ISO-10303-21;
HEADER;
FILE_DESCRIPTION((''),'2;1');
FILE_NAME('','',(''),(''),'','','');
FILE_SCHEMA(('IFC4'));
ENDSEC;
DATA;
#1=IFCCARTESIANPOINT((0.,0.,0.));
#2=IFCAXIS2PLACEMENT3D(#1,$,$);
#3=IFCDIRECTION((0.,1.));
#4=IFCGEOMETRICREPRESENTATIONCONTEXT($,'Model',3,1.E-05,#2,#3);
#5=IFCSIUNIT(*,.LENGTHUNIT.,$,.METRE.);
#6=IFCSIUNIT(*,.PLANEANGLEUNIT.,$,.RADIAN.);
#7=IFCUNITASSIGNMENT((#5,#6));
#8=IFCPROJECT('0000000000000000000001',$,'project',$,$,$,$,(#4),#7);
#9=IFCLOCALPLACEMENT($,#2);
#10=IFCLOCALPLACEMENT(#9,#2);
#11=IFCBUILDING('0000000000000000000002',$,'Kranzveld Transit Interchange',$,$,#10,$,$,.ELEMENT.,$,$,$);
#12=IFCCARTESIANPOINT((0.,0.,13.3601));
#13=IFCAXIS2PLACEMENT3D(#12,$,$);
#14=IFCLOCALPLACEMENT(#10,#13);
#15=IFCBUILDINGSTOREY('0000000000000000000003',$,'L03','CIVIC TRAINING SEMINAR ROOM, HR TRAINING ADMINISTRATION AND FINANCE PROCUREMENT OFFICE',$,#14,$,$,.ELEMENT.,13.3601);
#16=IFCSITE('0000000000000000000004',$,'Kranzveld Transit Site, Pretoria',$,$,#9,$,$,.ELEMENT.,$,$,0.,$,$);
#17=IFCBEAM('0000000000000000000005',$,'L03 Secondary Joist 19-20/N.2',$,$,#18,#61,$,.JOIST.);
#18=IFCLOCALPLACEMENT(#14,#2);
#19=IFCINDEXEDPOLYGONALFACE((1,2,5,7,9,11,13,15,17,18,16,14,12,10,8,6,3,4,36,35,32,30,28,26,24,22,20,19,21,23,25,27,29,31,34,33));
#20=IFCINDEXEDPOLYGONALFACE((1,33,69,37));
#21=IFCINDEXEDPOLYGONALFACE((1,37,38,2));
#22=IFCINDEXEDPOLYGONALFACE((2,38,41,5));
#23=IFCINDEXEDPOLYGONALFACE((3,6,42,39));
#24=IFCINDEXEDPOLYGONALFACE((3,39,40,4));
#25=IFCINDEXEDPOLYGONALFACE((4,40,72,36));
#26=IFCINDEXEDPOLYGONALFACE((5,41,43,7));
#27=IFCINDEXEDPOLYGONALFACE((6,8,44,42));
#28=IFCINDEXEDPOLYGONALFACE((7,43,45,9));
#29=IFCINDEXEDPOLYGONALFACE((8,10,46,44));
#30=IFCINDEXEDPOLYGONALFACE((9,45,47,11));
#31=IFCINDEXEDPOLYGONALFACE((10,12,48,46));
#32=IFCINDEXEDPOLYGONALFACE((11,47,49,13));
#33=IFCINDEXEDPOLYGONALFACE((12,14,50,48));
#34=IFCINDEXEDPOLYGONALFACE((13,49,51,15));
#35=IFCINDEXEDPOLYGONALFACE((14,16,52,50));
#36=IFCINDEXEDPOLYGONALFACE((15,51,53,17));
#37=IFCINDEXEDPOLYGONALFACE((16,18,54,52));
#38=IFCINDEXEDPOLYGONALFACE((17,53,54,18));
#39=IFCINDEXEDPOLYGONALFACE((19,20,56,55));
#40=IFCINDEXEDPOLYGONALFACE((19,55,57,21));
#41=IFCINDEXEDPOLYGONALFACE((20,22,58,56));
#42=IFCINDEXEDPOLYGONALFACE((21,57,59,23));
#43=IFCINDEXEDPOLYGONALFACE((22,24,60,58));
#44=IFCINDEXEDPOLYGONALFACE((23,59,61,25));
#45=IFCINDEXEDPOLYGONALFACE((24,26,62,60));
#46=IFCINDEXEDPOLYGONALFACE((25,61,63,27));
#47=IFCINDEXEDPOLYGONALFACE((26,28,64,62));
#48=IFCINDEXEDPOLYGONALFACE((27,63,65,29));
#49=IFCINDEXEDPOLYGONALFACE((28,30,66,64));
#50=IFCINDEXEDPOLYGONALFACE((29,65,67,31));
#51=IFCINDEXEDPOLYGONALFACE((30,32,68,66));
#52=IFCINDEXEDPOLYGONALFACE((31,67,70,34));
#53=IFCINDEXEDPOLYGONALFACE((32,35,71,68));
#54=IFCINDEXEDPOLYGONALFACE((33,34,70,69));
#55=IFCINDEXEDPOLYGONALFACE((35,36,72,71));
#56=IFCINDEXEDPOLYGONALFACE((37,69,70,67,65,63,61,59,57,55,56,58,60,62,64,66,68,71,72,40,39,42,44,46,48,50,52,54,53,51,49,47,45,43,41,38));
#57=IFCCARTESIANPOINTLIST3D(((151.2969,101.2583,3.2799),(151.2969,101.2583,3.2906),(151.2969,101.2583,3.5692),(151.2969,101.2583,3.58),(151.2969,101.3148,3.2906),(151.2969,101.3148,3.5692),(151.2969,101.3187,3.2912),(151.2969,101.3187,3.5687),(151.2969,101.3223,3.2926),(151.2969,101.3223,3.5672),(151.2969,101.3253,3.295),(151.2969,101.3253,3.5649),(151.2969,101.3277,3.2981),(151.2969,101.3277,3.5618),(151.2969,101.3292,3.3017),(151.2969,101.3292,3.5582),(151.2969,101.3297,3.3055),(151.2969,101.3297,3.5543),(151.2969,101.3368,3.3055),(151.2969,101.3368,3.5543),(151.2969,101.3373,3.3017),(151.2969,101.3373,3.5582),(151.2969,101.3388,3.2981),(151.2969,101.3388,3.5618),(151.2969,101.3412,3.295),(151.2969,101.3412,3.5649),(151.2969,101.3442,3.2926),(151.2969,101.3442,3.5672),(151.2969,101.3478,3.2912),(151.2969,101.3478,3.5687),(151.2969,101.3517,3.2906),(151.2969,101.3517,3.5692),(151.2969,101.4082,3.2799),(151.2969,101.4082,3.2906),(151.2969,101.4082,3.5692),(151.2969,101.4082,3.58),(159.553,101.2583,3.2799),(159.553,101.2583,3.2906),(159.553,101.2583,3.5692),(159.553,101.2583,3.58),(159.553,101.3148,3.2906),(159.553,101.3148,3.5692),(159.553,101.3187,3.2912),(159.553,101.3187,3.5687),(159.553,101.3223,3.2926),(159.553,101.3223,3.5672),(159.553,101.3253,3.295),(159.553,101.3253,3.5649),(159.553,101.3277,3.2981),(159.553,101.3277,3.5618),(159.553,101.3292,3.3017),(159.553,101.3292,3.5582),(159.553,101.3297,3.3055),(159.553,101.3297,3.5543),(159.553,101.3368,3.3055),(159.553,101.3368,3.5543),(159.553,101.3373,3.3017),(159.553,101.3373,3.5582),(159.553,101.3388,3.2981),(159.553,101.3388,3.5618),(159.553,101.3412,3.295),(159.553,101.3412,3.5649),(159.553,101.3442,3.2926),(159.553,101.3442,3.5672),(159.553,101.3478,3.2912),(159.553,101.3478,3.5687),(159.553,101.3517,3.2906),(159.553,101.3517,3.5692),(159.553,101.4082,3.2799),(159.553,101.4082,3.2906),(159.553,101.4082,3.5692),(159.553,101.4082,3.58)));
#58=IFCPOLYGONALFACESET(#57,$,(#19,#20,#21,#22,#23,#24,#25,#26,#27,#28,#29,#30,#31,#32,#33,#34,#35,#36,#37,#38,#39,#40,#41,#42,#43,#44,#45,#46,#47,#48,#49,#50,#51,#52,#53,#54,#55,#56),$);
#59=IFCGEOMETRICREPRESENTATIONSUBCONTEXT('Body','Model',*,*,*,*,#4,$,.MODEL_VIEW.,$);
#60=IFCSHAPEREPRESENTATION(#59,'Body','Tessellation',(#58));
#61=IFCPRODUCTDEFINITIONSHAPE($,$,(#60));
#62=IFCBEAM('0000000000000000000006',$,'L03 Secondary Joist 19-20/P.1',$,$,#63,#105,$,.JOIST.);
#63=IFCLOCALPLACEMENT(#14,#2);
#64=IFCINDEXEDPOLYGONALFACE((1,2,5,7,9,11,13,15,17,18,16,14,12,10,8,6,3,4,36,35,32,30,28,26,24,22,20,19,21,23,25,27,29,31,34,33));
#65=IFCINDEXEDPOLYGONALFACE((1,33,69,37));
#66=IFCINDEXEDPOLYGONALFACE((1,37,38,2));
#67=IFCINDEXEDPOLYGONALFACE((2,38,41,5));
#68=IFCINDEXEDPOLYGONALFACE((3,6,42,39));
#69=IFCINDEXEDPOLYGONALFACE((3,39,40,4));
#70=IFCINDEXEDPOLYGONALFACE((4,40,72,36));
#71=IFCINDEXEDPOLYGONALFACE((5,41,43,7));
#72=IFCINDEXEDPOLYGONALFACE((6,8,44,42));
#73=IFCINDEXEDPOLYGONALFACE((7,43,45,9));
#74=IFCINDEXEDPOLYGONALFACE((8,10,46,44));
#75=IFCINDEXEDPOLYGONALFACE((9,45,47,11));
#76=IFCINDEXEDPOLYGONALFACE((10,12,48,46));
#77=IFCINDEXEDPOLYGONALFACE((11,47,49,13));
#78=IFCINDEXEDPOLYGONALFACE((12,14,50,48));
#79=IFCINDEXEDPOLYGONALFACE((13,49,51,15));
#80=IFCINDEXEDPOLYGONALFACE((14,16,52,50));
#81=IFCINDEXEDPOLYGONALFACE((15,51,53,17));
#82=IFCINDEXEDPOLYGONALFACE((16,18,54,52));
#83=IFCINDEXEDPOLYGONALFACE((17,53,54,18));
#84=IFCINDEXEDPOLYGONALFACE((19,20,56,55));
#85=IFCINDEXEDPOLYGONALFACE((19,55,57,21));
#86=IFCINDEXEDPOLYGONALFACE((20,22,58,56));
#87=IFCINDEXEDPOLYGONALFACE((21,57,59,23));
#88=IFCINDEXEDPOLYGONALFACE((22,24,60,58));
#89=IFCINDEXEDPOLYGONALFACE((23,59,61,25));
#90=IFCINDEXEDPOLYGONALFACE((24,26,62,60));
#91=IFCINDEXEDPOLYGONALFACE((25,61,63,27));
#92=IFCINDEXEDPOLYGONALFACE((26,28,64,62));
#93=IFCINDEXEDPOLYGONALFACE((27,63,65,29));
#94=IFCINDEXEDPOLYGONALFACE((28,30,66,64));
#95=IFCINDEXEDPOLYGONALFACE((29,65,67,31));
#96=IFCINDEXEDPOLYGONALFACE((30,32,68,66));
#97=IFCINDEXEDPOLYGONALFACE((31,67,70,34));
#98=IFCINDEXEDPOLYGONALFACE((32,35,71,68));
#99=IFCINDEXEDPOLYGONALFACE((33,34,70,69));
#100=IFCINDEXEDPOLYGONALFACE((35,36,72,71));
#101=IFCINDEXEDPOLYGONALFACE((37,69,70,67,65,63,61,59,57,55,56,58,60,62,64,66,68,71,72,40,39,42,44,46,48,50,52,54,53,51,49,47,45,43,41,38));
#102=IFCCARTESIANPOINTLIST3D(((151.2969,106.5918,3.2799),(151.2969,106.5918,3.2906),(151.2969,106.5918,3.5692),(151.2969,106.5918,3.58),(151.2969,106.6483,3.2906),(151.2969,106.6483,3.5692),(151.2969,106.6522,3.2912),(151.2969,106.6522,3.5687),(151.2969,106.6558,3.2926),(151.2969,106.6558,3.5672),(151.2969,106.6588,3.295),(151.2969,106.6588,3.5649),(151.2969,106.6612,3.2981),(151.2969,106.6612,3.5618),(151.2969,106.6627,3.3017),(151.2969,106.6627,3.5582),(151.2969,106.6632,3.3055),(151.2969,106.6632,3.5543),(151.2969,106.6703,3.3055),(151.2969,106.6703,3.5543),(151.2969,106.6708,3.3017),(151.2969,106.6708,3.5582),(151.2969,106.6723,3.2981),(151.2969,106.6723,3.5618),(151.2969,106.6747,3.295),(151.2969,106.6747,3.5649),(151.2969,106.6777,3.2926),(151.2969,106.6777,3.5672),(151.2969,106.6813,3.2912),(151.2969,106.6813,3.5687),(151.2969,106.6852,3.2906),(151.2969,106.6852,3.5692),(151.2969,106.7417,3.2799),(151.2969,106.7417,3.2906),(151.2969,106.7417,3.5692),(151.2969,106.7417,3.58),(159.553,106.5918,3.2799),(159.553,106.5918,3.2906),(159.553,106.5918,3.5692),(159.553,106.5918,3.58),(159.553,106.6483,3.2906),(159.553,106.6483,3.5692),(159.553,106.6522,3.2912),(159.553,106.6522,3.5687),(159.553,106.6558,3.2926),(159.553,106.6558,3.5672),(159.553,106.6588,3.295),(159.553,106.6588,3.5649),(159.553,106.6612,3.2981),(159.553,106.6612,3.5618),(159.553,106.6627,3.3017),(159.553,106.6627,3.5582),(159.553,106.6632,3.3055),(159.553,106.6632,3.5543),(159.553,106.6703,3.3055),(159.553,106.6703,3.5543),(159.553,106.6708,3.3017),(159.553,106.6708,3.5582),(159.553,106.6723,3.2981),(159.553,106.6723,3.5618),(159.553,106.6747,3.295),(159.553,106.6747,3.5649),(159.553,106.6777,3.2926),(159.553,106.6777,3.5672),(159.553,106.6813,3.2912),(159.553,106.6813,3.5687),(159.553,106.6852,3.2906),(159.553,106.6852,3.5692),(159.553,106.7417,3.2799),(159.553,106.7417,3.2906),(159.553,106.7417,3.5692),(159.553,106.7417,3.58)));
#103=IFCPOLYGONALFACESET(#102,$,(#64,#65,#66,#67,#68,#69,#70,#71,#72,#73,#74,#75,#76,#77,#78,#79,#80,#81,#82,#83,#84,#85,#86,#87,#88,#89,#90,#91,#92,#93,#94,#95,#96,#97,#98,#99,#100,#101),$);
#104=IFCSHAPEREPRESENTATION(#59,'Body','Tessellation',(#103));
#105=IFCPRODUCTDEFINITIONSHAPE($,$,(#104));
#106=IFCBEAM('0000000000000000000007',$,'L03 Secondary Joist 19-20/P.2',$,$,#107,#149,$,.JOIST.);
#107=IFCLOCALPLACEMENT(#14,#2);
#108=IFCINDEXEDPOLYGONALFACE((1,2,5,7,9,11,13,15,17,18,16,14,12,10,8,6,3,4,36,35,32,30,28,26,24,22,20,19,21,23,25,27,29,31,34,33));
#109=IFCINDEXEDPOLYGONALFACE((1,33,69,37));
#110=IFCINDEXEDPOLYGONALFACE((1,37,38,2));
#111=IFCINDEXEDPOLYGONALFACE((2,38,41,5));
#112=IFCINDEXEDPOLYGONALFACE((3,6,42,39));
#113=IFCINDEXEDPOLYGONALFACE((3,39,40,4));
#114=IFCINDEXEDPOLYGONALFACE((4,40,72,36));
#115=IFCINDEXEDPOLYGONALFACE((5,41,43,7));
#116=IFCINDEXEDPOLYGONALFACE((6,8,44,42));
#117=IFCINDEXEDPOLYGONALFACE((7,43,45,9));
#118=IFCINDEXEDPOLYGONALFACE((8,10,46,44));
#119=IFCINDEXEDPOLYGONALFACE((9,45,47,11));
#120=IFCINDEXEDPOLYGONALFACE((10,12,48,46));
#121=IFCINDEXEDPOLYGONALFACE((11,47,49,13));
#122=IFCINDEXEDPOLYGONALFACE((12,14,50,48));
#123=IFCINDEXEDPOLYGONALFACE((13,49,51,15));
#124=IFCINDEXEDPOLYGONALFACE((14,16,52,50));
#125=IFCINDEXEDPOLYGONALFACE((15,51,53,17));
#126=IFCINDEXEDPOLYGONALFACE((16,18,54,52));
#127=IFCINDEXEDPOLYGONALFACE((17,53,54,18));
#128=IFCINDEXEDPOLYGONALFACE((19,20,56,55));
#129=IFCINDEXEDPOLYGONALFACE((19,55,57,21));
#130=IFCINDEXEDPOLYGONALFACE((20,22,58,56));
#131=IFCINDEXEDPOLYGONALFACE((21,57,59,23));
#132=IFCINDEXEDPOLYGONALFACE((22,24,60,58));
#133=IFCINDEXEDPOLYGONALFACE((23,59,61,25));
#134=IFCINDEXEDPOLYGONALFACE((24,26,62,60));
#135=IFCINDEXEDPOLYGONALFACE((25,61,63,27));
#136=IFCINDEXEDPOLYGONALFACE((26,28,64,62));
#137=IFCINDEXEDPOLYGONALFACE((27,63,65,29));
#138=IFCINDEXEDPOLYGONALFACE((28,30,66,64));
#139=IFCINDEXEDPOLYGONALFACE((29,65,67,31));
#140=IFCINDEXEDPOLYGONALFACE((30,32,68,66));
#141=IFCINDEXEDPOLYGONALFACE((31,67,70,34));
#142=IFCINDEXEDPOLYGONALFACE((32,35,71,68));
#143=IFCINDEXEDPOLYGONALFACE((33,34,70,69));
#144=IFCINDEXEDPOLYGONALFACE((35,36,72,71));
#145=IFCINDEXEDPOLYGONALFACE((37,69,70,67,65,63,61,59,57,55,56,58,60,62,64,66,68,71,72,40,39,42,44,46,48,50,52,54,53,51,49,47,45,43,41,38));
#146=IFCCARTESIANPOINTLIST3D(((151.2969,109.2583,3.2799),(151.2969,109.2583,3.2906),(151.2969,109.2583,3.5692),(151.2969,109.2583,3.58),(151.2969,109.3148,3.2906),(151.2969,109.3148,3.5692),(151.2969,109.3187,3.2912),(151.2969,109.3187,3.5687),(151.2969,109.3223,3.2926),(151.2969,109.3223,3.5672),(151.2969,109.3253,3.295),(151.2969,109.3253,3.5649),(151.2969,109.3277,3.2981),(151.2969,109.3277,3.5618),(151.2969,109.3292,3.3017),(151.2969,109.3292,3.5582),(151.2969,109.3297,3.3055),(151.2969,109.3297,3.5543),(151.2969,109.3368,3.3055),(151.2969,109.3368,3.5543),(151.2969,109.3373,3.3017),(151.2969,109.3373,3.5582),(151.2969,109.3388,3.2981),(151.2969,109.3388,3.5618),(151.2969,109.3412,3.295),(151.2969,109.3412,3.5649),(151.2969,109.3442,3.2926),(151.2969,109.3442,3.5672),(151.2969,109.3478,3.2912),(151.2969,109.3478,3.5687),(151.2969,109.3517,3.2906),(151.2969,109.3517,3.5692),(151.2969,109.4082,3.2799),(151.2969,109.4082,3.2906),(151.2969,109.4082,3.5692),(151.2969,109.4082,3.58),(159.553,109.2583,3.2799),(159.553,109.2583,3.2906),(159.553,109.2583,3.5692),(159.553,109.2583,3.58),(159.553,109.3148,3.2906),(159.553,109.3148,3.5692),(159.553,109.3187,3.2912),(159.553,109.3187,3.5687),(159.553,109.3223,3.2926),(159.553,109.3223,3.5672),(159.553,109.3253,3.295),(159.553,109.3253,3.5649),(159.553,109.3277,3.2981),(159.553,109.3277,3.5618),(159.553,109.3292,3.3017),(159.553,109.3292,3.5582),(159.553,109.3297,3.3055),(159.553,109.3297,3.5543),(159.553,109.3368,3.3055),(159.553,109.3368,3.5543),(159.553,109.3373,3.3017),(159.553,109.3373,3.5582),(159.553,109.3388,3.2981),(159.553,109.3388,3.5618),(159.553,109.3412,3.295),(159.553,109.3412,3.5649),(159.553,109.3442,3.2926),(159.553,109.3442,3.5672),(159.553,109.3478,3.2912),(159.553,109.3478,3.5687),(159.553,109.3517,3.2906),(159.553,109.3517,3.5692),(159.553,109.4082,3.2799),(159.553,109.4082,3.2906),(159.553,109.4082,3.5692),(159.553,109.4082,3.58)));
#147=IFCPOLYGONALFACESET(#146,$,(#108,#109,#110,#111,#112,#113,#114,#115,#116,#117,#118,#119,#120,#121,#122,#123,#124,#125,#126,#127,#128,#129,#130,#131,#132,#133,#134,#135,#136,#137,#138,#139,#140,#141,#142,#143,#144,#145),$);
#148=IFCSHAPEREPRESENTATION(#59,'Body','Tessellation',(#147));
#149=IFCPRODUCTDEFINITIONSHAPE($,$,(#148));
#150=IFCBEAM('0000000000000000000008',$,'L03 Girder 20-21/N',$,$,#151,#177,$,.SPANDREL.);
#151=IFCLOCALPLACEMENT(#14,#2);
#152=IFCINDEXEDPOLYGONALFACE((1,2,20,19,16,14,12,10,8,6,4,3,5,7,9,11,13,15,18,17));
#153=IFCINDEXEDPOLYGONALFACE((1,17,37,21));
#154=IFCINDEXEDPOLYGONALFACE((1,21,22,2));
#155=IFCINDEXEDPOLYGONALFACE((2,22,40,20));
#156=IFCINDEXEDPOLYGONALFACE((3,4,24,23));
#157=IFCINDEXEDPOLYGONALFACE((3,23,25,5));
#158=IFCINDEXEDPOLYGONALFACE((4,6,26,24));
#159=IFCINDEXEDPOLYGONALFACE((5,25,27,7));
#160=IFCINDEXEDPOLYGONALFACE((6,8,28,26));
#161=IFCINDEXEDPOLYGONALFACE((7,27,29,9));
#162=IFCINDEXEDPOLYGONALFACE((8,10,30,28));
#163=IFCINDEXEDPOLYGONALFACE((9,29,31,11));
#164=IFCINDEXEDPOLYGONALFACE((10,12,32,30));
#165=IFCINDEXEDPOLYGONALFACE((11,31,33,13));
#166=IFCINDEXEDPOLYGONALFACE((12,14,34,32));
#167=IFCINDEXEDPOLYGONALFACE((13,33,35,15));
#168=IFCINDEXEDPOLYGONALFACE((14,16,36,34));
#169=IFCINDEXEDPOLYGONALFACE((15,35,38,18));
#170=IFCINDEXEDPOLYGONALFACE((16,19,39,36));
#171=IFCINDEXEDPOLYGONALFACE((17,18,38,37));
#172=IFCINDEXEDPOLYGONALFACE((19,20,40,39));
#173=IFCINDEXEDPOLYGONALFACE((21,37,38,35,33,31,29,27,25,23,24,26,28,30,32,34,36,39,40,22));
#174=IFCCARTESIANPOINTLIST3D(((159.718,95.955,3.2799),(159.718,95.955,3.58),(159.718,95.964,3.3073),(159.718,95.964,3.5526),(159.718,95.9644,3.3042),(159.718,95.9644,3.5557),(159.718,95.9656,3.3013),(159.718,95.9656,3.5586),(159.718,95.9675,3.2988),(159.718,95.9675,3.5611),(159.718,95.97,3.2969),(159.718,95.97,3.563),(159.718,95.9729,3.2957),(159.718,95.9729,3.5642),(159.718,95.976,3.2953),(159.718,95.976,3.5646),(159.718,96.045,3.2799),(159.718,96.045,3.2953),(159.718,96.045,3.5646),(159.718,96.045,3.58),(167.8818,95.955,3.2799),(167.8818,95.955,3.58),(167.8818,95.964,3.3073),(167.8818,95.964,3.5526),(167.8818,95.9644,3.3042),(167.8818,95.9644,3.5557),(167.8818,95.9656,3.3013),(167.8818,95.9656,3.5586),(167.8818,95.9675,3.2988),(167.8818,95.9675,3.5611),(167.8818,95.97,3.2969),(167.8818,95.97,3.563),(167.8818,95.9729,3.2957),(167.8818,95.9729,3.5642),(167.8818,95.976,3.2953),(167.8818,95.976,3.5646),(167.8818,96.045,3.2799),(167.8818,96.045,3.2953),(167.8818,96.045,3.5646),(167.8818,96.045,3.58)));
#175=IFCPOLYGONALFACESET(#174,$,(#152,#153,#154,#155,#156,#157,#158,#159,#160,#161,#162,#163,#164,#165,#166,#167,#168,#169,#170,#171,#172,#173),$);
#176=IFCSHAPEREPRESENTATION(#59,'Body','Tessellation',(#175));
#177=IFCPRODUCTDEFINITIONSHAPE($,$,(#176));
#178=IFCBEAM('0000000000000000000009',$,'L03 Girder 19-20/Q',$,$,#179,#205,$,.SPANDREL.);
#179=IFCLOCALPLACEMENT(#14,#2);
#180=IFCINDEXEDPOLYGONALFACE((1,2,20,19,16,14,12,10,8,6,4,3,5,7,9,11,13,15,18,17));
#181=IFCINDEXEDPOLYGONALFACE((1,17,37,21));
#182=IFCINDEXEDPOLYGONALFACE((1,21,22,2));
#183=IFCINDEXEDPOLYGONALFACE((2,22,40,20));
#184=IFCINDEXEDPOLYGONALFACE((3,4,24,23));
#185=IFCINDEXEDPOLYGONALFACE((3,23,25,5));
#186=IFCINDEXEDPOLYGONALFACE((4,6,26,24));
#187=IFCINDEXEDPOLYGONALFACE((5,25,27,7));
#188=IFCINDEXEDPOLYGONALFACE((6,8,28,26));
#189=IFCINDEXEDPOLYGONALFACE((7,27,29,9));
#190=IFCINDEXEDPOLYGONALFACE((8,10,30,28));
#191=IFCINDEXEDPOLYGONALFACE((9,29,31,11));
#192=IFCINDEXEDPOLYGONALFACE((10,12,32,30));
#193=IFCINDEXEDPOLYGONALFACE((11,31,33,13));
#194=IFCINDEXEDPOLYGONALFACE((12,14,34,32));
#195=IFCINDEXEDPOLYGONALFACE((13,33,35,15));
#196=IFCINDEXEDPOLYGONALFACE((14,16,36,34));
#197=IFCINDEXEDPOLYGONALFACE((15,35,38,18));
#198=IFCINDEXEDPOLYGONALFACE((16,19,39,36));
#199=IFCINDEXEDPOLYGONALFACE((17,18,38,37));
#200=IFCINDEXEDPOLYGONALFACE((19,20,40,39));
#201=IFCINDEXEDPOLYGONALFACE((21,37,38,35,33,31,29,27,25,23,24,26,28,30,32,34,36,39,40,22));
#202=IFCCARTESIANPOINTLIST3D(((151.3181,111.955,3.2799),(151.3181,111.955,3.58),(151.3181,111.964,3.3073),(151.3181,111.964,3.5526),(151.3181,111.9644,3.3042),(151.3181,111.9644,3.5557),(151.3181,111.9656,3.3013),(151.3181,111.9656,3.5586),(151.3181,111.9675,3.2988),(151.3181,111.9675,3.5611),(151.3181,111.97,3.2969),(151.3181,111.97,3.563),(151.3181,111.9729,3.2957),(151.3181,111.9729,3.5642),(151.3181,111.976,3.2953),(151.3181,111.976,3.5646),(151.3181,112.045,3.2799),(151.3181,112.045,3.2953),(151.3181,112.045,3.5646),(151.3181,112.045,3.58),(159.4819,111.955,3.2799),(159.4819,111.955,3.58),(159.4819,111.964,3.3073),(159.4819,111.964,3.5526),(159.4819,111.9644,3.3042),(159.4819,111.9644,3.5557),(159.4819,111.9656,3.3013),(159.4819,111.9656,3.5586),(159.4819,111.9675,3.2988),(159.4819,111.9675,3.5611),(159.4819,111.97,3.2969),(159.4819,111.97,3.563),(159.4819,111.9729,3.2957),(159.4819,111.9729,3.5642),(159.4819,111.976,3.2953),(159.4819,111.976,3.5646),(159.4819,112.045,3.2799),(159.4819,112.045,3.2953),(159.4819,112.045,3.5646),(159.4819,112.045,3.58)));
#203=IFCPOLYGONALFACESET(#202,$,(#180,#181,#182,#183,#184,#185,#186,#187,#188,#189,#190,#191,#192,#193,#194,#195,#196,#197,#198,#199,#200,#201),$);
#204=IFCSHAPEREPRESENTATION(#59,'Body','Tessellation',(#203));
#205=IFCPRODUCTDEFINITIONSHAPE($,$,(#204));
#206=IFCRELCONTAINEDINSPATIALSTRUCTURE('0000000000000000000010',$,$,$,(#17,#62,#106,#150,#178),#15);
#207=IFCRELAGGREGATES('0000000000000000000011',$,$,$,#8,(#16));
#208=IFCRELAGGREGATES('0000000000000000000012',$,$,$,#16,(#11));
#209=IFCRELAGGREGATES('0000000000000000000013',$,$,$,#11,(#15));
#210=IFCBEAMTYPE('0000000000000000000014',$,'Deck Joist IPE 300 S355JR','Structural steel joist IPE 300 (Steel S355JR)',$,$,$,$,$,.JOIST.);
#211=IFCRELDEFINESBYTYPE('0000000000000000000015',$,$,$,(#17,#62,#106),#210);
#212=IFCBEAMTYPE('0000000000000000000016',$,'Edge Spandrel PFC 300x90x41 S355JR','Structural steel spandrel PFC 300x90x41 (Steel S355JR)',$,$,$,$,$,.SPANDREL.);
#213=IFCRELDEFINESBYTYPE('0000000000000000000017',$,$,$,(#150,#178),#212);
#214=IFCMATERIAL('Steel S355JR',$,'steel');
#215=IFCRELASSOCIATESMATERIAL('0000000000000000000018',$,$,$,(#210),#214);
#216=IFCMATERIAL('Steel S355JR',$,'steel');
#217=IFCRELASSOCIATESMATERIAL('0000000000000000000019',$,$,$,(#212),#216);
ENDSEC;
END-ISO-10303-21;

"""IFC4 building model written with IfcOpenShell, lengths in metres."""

from ifc_helpers import new_model, si_unit, direction, frame, origin, origin_2d, place, context, subcontext, project, spatial, i_section, u_section, extrude, material, material_profile, profile_set, type_object, element, save


model = new_model("IFC4")

# Units and contexts
model_context = context("Model", 3, precision=1e-05, world=origin(), true_north=direction((0.0, 1.0)))
body_context = subcontext(model_context, "Body", "Model", "MODEL_VIEW")
ifc_project = project(units=[si_unit("LENGTHUNIT", "METRE"), si_unit("PLANEANGLEUNIT", "RADIAN")], contexts=[model_context])

# Site, building, storey
site_placement = place(None, origin())
site = spatial("IfcSite", under=ifc_project, at=site_placement, Name="Kranzveld Transit Site, Pretoria", CompositionType="ELEMENT", RefElevation=0.0)
building_placement = place(site_placement, origin())
building = spatial("IfcBuilding", under=site, at=building_placement, Name="Kranzveld Transit Interchange", CompositionType="ELEMENT")
storey_placement = place(building_placement, frame((0.0, 0.0, 13.3601)))
storey = spatial("IfcBuildingStorey", under=building, at=storey_placement, Name="L03", Description="CIVIC TRAINING SEMINAR ROOM, HR TRAINING ADMINISTRATION AND FINANCE PROCUREMENT OFFICE", CompositionType="ELEMENT", Elevation=13.3601)

# Beams
ifc_material_1 = material(Name="Steel S355JR", Category="steel")
ifc_material_profile_1 = material_profile(ifc_material_1, i_section(OverallWidth=0.1499, OverallDepth=0.3, WebThickness=0.0071, FlangeThickness=0.0107, FilletRadius=0.0149, at=origin_2d()), Name="IPE 300")
ifc_profile_set_1 = profile_set([ifc_material_profile_1], Name="Steel S355JR")
beam_type_1 = type_object("IfcBeamType", Name="Deck Joist IPE 300 S355JR", Description="Structural steel joist IPE 300 (Steel S355JR)", PredefinedType="JOIST", material=ifc_profile_set_1)
for number, where, z_axis, x_axis, name in (
    (1, (151.2969, 101.3333, 3.4299), (1.0, 0.0, 0.0), (0.0, 1.0, 0.0), "L03 Secondary Joist 19-20/N.2"),
    (2, (151.2969, 106.6667, 3.4299), (1.0, 0.0, 0.0), (0.0, 1.0, 0.0), "L03 Secondary Joist 19-20/P.1"),
    (3, (151.2969, 109.3333, 3.4299), (1.0, 0.0, 0.0), (0.0, 1.0, 0.0), "L03 Secondary Joist 19-20/P.2"),
):
    element("IfcBeam", number, at=place(storey_placement, frame(where, z_axis=z_axis, x_axis=x_axis)), inside=storey, type_object=beam_type_1, Name=name, PredefinedType="JOIST", context=body_context, shape_type="SweptSolid", body=[
        extrude(i_section(OverallWidth=0.1499, OverallDepth=0.3, WebThickness=0.0071, FlangeThickness=0.0107, FilletRadius=0.0149, at=origin_2d()), origin(), (0.0, 0.0, 1.0), 8.2561),
    ])
ifc_material_2 = material(Name="Steel S355JR", Category="steel")
ifc_material_profile_2 = material_profile(ifc_material_2, u_section(Depth=0.3, FlangeWidth=0.0901, WebThickness=0.009, FlangeThickness=0.0154, FilletRadius=0.012, at=origin_2d()), Name="PFC 300x90x41")
ifc_profile_set_2 = profile_set([ifc_material_profile_2], Name="Steel S355JR")
beam_type_2 = type_object("IfcBeamType", Name="Edge Spandrel PFC 300x90x41 S355JR", Description="Structural steel spandrel PFC 300x90x41 (Steel S355JR)", PredefinedType="SPANDREL", material=ifc_profile_set_2)
for number, where, z_axis, x_axis, name in (
    (4, (159.718, 96.0, 3.4299), (1.0, 0.0, 0.0), (0.0, 1.0, 0.0), "L03 Girder 20-21/N"),
    (5, (151.3181, 112.0, 3.4299), (1.0, 0.0, 0.0), (0.0, 1.0, 0.0), "L03 Girder 19-20/Q"),
):
    element("IfcBeam", number, at=place(storey_placement, frame(where, z_axis=z_axis, x_axis=x_axis)), inside=storey, type_object=beam_type_2, Name=name, PredefinedType="SPANDREL", context=body_context, shape_type="SweptSolid", body=[
        extrude(u_section(Depth=0.3, FlangeWidth=0.0901, WebThickness=0.009, FlangeThickness=0.0154, FilletRadius=0.012, at=origin_2d()), origin(), (0.0, 0.0, 1.0), 8.1638),
    ])

save(model, "model.ifc")
